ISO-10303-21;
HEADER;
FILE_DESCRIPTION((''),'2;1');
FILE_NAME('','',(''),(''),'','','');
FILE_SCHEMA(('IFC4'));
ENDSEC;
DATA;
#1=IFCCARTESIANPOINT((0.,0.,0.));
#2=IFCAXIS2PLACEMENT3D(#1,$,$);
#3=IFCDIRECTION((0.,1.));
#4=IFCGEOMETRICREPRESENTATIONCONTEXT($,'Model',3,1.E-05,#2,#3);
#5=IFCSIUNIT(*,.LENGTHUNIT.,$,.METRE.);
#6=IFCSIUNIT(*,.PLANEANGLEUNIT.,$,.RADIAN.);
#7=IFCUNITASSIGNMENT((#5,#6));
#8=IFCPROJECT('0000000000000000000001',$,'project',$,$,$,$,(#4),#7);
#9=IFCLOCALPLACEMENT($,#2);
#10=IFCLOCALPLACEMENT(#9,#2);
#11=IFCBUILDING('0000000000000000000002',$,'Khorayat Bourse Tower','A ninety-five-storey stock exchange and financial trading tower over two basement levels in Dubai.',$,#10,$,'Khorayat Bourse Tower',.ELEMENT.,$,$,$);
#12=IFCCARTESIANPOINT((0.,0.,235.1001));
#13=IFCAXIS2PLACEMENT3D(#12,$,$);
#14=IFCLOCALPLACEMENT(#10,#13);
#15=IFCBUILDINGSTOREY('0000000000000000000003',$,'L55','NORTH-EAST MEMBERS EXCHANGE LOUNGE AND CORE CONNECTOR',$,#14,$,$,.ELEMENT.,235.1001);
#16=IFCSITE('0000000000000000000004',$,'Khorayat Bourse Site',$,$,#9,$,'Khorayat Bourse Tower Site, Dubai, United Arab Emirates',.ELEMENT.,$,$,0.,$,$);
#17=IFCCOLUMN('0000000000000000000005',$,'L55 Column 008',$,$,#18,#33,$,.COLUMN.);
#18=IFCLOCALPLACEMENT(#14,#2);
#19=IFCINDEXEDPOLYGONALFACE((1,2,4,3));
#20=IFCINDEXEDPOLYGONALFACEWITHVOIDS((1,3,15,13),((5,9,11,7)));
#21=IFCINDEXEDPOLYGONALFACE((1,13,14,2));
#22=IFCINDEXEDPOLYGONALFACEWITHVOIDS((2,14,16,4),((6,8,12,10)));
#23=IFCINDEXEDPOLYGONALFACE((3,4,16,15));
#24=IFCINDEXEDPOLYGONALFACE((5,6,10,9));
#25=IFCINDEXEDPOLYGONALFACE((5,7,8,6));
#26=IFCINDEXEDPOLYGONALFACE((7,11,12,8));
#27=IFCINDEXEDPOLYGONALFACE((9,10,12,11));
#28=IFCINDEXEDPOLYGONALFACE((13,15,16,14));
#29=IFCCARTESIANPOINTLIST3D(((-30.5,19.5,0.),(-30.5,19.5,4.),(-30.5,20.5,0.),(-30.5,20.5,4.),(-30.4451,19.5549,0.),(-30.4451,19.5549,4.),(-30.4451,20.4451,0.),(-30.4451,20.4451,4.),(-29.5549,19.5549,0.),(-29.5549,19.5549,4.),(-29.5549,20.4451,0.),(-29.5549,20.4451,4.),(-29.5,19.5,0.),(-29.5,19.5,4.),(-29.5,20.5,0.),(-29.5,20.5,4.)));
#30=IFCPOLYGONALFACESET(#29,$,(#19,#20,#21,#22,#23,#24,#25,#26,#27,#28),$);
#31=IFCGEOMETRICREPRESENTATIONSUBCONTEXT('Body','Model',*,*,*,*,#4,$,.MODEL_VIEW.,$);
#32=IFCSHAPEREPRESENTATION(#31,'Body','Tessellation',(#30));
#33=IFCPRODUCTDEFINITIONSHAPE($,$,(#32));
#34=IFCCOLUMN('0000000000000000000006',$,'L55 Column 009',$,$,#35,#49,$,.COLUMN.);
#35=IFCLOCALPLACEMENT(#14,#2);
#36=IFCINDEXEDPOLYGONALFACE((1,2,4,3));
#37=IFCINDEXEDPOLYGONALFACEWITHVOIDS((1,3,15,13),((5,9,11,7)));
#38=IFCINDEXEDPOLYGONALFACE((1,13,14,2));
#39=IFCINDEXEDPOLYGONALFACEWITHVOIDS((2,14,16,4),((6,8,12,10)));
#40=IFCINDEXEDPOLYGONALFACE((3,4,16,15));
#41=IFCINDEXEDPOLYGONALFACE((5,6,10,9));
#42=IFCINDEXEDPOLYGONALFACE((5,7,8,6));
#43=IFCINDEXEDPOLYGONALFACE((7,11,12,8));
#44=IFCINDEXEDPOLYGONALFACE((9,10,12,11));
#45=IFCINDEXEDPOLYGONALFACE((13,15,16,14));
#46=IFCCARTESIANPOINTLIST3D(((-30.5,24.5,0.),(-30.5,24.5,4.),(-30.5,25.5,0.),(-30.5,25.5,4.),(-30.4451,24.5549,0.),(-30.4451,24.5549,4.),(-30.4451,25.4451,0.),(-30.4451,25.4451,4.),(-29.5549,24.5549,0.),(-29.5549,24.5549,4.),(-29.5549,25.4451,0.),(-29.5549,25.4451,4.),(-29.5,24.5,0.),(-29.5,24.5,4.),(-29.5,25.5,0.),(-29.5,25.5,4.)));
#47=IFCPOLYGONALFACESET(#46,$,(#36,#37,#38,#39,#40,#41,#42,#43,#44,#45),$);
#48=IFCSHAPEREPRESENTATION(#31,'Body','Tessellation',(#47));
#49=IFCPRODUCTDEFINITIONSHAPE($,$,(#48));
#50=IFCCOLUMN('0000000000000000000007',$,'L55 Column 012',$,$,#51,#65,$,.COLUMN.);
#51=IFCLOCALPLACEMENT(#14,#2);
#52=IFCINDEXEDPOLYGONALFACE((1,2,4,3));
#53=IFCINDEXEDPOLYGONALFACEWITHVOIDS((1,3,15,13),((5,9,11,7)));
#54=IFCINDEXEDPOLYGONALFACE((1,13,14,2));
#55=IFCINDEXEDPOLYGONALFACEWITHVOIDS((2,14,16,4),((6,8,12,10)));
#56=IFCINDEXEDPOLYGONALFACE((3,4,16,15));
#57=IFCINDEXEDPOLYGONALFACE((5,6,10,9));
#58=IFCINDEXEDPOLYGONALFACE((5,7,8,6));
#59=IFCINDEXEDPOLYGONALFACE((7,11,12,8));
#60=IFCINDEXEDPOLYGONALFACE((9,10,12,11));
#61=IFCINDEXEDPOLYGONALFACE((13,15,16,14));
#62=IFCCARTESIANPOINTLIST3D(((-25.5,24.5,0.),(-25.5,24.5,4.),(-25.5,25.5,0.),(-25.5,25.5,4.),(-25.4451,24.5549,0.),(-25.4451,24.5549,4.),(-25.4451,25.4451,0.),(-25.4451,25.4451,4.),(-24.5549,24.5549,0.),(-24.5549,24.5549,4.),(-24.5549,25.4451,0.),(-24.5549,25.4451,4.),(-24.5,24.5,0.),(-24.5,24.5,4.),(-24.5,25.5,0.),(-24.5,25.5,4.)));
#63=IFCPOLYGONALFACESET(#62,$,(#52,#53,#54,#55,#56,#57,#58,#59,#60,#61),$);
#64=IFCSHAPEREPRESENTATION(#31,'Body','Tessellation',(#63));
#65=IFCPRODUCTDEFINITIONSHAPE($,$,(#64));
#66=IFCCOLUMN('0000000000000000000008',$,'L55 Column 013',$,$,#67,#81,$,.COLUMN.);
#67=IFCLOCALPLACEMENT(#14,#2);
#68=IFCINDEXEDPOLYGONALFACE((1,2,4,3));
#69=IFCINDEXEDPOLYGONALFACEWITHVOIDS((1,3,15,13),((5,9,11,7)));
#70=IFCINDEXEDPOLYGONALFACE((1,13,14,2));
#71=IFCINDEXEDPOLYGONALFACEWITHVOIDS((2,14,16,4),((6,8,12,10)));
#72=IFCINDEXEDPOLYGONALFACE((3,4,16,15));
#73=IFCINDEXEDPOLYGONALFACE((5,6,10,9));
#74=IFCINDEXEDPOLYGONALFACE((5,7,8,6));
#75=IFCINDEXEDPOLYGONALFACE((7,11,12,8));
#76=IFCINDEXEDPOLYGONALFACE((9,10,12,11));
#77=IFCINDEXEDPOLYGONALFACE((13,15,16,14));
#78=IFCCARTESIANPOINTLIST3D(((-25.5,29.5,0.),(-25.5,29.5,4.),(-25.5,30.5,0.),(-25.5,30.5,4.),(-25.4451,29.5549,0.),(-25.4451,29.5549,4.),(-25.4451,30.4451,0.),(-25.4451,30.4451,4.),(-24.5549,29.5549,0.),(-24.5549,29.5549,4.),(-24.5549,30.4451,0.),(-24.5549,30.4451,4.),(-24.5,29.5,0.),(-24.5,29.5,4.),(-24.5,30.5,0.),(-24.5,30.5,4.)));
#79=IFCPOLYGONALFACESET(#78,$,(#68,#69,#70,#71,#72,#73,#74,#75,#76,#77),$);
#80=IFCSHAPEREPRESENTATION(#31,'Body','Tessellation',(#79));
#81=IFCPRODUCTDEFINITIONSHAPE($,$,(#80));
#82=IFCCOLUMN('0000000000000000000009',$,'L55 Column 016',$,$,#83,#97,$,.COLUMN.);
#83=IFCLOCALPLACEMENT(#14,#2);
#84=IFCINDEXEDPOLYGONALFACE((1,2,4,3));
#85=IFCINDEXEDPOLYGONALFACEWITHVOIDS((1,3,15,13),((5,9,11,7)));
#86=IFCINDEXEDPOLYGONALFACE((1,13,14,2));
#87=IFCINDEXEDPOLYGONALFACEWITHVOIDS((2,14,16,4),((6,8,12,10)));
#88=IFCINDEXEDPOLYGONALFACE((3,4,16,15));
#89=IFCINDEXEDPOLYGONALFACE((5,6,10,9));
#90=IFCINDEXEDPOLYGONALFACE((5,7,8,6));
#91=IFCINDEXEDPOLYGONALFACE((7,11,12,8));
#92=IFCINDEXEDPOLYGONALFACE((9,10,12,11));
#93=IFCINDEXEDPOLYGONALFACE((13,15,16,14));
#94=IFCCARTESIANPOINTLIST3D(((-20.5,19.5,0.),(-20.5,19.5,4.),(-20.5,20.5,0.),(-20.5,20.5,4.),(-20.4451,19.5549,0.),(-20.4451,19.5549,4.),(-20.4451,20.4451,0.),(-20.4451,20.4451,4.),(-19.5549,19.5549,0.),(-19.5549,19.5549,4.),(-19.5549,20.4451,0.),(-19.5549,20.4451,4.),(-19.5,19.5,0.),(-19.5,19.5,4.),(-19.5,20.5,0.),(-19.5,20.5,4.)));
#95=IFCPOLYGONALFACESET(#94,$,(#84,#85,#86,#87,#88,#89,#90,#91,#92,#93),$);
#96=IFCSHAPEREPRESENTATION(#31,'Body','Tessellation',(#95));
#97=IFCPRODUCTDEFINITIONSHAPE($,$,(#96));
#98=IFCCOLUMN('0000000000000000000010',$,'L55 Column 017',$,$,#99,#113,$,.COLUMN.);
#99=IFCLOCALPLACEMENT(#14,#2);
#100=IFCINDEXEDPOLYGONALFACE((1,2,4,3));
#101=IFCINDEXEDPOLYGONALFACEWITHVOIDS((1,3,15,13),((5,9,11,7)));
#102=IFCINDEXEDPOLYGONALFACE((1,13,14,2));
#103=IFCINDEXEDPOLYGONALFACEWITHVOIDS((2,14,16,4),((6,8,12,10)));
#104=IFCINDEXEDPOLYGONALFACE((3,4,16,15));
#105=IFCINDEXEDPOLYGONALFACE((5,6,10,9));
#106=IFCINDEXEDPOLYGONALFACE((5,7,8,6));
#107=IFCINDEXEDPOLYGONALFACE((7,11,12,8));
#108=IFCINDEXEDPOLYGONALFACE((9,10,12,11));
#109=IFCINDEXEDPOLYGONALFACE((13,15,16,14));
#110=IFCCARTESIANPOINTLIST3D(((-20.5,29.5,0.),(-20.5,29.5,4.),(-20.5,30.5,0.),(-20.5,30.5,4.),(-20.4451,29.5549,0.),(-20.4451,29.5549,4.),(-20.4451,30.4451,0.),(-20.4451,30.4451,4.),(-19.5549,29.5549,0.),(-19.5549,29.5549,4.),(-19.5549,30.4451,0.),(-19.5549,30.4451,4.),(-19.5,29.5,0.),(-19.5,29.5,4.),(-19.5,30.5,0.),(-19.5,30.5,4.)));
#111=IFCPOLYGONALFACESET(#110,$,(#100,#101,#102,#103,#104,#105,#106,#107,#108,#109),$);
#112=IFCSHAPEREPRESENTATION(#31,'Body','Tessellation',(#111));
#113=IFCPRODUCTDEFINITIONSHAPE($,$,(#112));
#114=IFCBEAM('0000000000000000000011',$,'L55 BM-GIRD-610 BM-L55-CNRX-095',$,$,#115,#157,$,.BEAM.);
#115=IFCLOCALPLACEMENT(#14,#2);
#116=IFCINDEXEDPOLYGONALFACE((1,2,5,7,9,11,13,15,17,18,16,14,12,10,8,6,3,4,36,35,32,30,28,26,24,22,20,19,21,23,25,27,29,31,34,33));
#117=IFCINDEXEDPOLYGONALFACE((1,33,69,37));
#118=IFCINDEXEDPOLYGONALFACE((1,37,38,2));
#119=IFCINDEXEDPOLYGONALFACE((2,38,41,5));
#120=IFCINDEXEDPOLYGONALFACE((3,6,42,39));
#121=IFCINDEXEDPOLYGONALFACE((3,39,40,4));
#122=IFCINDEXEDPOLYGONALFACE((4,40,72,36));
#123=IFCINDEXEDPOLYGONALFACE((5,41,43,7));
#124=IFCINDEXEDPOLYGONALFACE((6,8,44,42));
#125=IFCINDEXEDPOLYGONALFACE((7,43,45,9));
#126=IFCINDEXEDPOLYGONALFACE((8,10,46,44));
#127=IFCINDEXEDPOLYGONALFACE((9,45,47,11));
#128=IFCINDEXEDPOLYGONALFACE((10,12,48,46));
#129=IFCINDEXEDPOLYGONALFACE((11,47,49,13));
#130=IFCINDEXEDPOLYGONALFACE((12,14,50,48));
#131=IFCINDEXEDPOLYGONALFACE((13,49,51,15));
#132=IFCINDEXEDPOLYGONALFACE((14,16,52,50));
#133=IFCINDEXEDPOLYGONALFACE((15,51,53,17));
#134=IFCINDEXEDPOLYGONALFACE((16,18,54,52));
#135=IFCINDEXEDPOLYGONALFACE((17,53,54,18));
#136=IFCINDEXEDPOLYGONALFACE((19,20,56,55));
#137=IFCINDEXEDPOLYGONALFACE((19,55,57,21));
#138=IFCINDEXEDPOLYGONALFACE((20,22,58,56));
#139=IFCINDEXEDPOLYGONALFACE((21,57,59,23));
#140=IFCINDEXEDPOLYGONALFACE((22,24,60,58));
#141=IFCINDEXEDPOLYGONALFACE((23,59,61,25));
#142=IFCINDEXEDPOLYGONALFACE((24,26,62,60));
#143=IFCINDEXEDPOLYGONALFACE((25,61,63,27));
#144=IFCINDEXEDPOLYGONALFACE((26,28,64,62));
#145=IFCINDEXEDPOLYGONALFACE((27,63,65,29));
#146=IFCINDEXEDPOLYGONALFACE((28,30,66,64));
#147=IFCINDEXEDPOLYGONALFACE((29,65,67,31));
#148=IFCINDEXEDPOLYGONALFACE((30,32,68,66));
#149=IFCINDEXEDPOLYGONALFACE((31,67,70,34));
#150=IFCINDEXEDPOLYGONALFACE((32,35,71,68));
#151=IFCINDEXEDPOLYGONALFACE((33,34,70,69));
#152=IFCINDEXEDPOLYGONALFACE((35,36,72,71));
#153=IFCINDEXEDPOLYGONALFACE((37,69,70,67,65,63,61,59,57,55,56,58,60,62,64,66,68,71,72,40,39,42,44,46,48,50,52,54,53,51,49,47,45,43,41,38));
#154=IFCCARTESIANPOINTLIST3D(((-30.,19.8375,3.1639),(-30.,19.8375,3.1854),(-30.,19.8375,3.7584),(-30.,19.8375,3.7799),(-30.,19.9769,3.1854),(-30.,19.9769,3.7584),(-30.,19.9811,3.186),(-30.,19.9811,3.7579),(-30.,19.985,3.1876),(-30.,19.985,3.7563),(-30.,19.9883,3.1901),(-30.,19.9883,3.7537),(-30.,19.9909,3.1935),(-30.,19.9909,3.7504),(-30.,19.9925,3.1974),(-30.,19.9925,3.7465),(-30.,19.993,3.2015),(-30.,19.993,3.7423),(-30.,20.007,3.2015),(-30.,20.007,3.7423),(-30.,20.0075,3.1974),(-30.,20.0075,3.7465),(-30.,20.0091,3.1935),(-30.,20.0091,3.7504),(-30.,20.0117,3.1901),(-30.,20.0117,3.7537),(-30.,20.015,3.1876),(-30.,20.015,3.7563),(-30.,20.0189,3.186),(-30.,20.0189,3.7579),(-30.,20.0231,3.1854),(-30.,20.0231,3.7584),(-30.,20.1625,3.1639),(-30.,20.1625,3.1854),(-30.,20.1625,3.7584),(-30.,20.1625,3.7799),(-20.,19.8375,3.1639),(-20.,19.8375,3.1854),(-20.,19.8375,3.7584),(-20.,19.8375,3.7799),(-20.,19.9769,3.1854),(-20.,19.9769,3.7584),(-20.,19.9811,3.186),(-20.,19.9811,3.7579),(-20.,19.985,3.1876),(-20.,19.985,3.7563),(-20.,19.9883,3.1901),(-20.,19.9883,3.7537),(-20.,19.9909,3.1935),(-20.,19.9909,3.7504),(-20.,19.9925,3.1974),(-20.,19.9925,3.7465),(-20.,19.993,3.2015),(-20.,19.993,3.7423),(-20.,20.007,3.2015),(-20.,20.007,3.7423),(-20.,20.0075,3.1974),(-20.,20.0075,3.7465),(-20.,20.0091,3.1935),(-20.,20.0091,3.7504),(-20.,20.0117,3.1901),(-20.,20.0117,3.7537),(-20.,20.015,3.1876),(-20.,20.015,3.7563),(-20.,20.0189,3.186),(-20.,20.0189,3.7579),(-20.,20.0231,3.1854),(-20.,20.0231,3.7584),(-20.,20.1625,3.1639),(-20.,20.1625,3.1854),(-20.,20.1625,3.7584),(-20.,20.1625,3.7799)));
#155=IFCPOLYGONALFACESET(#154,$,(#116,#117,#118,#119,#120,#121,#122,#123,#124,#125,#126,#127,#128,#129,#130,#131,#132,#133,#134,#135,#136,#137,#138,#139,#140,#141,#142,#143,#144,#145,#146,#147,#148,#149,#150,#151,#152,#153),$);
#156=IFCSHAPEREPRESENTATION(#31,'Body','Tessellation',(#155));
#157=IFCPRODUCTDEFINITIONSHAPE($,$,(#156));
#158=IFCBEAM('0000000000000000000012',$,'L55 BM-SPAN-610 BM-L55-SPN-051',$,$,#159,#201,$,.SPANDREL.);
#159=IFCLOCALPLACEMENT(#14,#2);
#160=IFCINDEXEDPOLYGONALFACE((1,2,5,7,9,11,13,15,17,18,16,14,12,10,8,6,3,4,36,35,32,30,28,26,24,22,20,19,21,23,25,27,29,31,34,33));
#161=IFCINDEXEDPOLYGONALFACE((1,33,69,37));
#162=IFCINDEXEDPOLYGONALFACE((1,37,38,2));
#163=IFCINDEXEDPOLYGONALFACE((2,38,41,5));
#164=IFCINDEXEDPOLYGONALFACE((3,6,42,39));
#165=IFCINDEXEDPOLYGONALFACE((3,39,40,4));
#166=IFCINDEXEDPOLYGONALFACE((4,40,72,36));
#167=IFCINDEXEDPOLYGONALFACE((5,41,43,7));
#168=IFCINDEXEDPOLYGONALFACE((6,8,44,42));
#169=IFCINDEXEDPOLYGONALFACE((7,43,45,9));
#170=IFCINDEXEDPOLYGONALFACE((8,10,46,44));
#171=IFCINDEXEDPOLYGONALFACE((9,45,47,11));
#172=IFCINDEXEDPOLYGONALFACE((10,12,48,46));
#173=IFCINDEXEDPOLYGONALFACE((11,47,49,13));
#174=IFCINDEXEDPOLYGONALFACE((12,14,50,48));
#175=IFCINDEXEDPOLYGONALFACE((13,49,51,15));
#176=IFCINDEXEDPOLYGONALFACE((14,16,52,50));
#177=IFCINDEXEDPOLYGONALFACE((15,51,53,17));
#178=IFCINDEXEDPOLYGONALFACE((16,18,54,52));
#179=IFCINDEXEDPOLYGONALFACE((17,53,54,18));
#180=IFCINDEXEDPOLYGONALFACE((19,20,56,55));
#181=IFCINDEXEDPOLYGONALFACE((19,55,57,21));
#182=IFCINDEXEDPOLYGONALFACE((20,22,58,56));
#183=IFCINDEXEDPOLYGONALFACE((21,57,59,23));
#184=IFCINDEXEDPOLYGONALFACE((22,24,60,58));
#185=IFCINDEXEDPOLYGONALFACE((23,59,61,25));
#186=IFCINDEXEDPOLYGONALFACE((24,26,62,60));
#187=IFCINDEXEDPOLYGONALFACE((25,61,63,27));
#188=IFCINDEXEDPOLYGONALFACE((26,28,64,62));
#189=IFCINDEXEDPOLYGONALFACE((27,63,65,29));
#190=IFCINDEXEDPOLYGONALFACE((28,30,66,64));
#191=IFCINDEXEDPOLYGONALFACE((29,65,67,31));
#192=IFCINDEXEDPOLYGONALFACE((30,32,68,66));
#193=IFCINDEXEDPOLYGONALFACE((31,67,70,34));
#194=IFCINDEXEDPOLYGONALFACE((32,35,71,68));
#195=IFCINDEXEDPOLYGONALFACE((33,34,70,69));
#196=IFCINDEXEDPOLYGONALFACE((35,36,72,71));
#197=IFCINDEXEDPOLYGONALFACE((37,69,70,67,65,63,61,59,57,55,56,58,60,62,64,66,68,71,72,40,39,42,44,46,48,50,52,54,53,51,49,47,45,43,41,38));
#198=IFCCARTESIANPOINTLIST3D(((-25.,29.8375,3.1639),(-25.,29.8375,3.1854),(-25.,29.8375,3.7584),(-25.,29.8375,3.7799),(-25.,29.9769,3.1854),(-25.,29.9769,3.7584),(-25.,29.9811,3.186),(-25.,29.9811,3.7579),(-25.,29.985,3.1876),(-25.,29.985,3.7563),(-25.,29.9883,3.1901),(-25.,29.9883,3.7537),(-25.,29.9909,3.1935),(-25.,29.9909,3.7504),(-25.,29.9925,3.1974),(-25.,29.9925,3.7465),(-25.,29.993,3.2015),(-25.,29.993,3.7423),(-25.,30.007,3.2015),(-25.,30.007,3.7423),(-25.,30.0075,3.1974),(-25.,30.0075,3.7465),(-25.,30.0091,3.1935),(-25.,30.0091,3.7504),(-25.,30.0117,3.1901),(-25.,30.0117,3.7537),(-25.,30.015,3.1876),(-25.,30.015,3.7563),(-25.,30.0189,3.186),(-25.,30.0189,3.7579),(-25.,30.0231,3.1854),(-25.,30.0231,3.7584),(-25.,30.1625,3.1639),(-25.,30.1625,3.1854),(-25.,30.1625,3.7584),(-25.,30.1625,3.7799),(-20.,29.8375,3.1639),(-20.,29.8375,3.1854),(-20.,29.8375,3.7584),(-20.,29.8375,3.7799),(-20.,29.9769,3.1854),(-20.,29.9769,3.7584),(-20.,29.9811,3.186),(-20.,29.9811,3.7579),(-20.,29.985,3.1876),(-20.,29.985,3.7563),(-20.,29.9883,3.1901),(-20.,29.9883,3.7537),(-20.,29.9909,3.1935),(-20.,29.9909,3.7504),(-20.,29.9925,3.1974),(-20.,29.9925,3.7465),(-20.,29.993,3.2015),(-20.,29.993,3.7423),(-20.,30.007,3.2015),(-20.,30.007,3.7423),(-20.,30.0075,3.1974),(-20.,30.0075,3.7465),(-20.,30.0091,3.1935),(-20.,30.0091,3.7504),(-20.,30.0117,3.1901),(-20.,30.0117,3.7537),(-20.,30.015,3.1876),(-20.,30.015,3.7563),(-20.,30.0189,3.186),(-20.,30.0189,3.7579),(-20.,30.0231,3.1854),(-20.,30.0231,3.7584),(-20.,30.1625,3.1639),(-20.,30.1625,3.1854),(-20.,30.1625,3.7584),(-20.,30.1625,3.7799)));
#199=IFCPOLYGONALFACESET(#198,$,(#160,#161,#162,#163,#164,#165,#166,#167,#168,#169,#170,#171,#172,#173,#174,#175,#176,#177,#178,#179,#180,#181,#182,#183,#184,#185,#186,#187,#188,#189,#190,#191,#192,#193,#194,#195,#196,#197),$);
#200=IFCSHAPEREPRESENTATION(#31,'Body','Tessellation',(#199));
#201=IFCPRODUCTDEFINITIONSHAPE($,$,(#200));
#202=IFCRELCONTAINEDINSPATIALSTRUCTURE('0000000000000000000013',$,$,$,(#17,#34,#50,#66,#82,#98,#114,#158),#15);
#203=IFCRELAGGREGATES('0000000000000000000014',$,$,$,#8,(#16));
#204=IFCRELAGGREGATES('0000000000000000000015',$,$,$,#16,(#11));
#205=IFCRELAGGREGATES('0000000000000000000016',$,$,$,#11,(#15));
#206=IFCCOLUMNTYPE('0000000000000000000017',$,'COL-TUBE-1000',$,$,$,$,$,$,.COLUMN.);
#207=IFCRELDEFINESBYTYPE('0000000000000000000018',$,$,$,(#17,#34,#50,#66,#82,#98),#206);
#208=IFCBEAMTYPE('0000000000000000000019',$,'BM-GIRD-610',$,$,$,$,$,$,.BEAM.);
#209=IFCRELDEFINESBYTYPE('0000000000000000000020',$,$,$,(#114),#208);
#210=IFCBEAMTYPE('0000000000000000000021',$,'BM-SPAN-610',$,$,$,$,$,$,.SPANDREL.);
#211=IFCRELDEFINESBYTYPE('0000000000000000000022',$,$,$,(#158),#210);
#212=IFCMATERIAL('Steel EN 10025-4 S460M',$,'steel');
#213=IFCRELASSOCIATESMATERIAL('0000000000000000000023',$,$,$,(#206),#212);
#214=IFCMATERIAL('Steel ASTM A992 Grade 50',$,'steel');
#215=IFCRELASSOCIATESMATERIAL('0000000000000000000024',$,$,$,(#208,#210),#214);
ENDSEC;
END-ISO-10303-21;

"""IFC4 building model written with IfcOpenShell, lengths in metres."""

from ifc_helpers import new_model, si_unit, direction, frame, origin, origin_2d, place, context, subcontext, project, spatial, hollow_rectangle, i_section, extrude, source, transform, mapped, material, material_profile, profile_set, type_object, element, save


model = new_model("IFC4")

# Units and contexts
model_context = context("Model", 3, precision=1e-05, world=origin(), true_north=direction((0.0, 1.0)))
body_context = subcontext(model_context, "Body", "Model", "MODEL_VIEW")
ifc_project = project(units=[si_unit("LENGTHUNIT", "METRE"), si_unit("PLANEANGLEUNIT", "RADIAN")], contexts=[model_context])

# Site, building, storey
site_placement = place(None, origin())
site = spatial("IfcSite", under=ifc_project, at=site_placement, Name="Khorayat Bourse Site", LongName="Khorayat Bourse Tower Site, Dubai, United Arab Emirates", CompositionType="ELEMENT", RefElevation=0.0)
building_placement = place(site_placement, origin())
building = spatial("IfcBuilding", under=site, at=building_placement, Name="Khorayat Bourse Tower", Description="A ninety-five-storey stock exchange and financial trading tower over two basement levels in Dubai.", LongName="Khorayat Bourse Tower", CompositionType="ELEMENT")
storey_placement = place(building_placement, frame((0.0, 0.0, 235.1001)))
storey = spatial("IfcBuildingStorey", under=building, at=storey_placement, Name="L55", Description="NORTH-EAST MEMBERS EXCHANGE LOUNGE AND CORE CONNECTOR", CompositionType="ELEMENT", Elevation=235.1001)

# Columns
ifc_material_1 = material(Name="Steel EN 10025-4 S460M", Category="steel")
ifc_material_profile_1 = material_profile(ifc_material_1, hollow_rectangle(XDim=1.0, YDim=1.0, WallThickness=0.0549, at=origin_2d()), Name="BOX 1000x1000x55")
ifc_profile_set_1 = profile_set([ifc_material_profile_1], Name="Steel EN 10025-4 S460M")
column_type = type_object("IfcColumnType", Name="COL-TUBE-1000", PredefinedType="COLUMN", material=ifc_profile_set_1)
shared_shape_1 = source(origin(), body_context, "Body", "SweptSolid", [
    extrude(hollow_rectangle(XDim=1.0, YDim=1.0, WallThickness=0.0549, at=origin_2d()), origin(), (0.0, 0.0, 1.0), 4.0),
])
for number, where, z_axis, x_axis, name in (
    (1, (-30.0, 20.0, 0.0), (0.0, 0.0, 1.0), (1.0, 0.0, 0.0), "L55 Column 008"),
    (2, (-30.0, 25.0, 0.0), (0.0, 0.0, 1.0), (1.0, 0.0, 0.0), "L55 Column 009"),
    (3, (-25.0, 25.0, 0.0), (0.0, 0.0, 1.0), (1.0, 0.0, 0.0), "L55 Column 012"),
    (4, (-25.0, 30.0, 0.0), (0.0, 0.0, 1.0), (1.0, 0.0, 0.0), "L55 Column 013"),
    (5, (-20.0, 20.0, 0.0), (0.0, 0.0, 1.0), (1.0, 0.0, 0.0), "L55 Column 016"),
    (6, (-20.0, 30.0, 0.0), (0.0, 0.0, 1.0), (1.0, 0.0, 0.0), "L55 Column 017"),
):
    element("IfcColumn", number, at=place(storey_placement, frame(where, z_axis=z_axis, x_axis=x_axis)), inside=storey, type_object=column_type, Name=name, PredefinedType="COLUMN", context=body_context, shape_type="MappedRepresentation", body=[
        mapped(shared_shape_1, transform((0.0, 0.0, 0.0), scale=1.0)),
    ])

# Beams
ifc_material_2 = material(Name="Steel ASTM A992 Grade 50", Category="steel")
ifc_material_profile_2 = material_profile(ifc_material_2, i_section(OverallWidth=0.325, OverallDepth=0.616, WebThickness=0.0139, FlangeThickness=0.0215, FilletRadius=0.0161, at=origin_2d()), Name="W610X174")
ifc_profile_set_2 = profile_set([ifc_material_profile_2], Name="Steel ASTM A992 Grade 50")
beam_type_1 = type_object("IfcBeamType", Name="BM-GIRD-610", PredefinedType="BEAM", material=ifc_profile_set_2)
shared_shape_2 = source(origin(), body_context, "Body", "SweptSolid", [
    extrude(i_section(OverallWidth=0.325, OverallDepth=0.616, WebThickness=0.0139, FlangeThickness=0.0215, FilletRadius=0.0161, at=origin_2d()), origin(), (0.0, 0.0, 1.0), 10.0),
])
beam_1_placement = place(storey_placement, frame((-30.0, 20.0, 3.4719), z_axis=(1.0, 0.0, 0.0), x_axis=(0.0, 1.0, 0.0)))
element("IfcBeam", 7, at=beam_1_placement, inside=storey, type_object=beam_type_1, Name="L55 BM-GIRD-610 BM-L55-CNRX-095", PredefinedType="BEAM", context=body_context, shape_type="MappedRepresentation", body=[
    mapped(shared_shape_2, transform((0.0, 0.0, 0.0), scale=1.0)),
])
ifc_material_profile_3 = material_profile(ifc_material_2, i_section(OverallWidth=0.325, OverallDepth=0.616, WebThickness=0.0139, FlangeThickness=0.0215, FilletRadius=0.0161, at=origin_2d()), Name="W610X174")
ifc_profile_set_3 = profile_set([ifc_material_profile_3], Name="Steel ASTM A992 Grade 50")
beam_type_2 = type_object("IfcBeamType", Name="BM-SPAN-610", PredefinedType="SPANDREL", material=ifc_profile_set_3)
shared_shape_3 = source(origin(), body_context, "Body", "SweptSolid", [
    extrude(i_section(OverallWidth=0.325, OverallDepth=0.616, WebThickness=0.0139, FlangeThickness=0.0215, FilletRadius=0.0161, at=origin_2d()), origin(), (0.0, 0.0, 1.0), 5.0),
])
for number, where, z_axis, x_axis, name in (
    (8, (-25.0, 30.0, 3.4719), (1.0, 0.0, 0.0), (0.0, 1.0, 0.0), "L55 BM-SPAN-610 BM-L55-SPN-051"),
):
    element("IfcBeam", number, at=place(storey_placement, frame(where, z_axis=z_axis, x_axis=x_axis)), inside=storey, type_object=beam_type_2, Name=name, PredefinedType="SPANDREL", context=body_context, shape_type="MappedRepresentation", body=[
        mapped(shared_shape_3, transform((0.0, 0.0, 0.0), scale=1.0)),
    ])

save(model, "model.ifc")
